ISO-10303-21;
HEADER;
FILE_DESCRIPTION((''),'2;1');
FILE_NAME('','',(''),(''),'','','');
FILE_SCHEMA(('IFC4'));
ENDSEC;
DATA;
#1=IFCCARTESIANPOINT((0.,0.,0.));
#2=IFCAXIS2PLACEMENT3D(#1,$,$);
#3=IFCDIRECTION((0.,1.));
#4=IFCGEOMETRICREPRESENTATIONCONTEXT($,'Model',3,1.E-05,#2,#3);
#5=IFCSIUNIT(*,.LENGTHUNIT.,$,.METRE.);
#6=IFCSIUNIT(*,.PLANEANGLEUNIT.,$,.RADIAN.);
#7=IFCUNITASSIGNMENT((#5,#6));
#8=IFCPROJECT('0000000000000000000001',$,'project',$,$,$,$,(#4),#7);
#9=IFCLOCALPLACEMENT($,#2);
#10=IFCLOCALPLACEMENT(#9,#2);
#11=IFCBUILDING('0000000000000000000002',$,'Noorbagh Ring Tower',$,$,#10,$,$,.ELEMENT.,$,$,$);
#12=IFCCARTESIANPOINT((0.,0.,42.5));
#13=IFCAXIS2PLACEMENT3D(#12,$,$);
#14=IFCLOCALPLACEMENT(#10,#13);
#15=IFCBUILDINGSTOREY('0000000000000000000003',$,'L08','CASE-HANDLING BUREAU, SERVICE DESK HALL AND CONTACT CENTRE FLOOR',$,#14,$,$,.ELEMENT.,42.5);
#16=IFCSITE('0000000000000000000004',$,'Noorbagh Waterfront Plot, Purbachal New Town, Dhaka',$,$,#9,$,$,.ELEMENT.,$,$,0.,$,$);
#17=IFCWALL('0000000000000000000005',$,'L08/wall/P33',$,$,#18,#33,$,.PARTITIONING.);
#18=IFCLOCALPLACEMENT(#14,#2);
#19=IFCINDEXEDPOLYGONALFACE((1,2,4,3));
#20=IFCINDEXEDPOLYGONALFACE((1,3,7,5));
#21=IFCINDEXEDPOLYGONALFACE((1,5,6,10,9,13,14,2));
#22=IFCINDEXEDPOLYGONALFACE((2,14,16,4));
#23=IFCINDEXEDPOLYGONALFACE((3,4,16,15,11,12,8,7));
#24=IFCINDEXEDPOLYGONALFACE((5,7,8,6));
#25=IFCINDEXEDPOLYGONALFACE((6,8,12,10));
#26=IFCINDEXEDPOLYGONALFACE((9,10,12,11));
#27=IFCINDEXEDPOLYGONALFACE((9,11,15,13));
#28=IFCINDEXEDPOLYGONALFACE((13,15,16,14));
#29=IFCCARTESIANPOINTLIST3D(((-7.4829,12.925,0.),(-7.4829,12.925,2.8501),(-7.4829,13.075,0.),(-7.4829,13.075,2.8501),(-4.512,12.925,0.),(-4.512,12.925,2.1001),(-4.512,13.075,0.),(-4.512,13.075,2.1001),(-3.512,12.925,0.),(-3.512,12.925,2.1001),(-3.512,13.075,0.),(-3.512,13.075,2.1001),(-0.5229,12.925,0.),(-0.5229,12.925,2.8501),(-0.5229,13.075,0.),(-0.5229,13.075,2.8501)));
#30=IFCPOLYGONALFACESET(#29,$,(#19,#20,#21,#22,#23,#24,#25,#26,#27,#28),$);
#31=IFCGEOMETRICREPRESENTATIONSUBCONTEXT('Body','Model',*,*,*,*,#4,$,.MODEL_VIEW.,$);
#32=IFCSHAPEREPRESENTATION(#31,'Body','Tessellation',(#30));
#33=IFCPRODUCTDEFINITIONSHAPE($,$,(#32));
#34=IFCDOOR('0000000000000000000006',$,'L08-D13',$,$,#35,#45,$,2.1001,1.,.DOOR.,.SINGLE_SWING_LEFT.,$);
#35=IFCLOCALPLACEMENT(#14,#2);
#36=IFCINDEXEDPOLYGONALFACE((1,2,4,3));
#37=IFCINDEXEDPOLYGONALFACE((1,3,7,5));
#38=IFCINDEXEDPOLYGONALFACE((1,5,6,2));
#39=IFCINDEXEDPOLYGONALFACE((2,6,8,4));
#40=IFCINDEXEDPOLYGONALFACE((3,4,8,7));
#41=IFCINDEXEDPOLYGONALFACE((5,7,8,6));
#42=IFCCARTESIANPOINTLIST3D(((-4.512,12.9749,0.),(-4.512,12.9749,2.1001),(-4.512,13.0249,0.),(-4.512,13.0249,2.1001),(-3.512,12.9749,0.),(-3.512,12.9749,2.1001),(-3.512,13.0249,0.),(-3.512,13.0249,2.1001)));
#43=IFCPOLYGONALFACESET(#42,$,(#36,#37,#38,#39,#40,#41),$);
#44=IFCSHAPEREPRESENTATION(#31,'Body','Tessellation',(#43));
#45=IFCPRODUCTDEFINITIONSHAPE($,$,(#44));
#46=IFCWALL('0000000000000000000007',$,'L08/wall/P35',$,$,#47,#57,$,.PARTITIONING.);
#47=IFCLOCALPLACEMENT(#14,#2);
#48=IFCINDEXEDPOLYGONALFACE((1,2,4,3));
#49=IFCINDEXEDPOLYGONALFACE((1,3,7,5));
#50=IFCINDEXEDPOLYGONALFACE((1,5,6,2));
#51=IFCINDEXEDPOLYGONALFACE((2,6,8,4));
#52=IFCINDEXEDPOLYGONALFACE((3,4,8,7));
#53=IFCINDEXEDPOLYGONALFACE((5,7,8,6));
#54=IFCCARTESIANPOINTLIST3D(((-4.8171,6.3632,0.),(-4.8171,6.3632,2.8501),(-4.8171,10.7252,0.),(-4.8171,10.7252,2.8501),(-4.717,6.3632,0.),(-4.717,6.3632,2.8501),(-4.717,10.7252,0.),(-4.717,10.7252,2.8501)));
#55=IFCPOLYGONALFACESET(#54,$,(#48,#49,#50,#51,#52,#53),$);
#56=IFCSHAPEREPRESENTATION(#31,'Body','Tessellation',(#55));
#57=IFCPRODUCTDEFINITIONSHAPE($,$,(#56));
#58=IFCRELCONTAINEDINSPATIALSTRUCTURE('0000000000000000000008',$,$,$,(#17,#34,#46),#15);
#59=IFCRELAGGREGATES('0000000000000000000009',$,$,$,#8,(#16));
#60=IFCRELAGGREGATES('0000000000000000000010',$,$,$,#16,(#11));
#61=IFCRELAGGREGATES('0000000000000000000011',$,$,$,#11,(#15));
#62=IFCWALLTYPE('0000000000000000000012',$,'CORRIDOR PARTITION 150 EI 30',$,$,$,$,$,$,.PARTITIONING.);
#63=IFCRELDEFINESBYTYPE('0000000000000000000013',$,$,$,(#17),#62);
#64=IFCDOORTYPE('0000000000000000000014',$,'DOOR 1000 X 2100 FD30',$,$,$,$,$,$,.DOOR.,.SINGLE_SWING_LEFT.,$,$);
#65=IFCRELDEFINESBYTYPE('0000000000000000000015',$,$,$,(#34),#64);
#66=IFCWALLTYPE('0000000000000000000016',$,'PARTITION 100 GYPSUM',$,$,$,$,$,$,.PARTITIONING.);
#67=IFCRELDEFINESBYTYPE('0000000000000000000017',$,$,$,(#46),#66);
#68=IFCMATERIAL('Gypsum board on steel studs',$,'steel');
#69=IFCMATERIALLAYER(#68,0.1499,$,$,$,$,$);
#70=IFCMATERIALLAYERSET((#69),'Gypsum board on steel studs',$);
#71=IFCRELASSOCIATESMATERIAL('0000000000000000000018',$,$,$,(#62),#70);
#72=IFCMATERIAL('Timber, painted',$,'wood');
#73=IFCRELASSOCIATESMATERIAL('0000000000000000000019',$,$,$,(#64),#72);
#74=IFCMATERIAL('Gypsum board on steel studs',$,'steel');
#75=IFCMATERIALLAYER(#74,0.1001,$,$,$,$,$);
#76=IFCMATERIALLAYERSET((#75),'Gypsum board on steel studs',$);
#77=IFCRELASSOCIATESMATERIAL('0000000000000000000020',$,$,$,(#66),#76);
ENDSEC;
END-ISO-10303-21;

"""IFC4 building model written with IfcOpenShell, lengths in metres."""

from ifc_helpers import new_model, si_unit, direction, frame, frame_2d, origin, place, context, subcontext, project, spatial, rectangle, extrude, material, layer, layer_set, type_object, element, fill, save


model = new_model("IFC4")

# Units and contexts
model_context = context("Model", 3, precision=1e-05, world=origin(), true_north=direction((0.0, 1.0)))
body_context = subcontext(model_context, "Body", "Model", "MODEL_VIEW")
ifc_project = project(units=[si_unit("LENGTHUNIT", "METRE"), si_unit("PLANEANGLEUNIT", "RADIAN")], contexts=[model_context])

# Site, building, storey
site_placement = place(None, origin())
site = spatial("IfcSite", under=ifc_project, at=site_placement, Name="Noorbagh Waterfront Plot, Purbachal New Town, Dhaka", CompositionType="ELEMENT", RefElevation=0.0)
building_placement = place(site_placement, origin())
building = spatial("IfcBuilding", under=site, at=building_placement, Name="Noorbagh Ring Tower", CompositionType="ELEMENT")
storey_placement = place(building_placement, frame((0.0, 0.0, 42.5)))
storey = spatial("IfcBuildingStorey", under=building, at=storey_placement, Name="L08", Description="CASE-HANDLING BUREAU, SERVICE DESK HALL AND CONTACT CENTRE FLOOR", CompositionType="ELEMENT", Elevation=42.5)

# Shared definitions
ifc_material_1 = material(Name="Gypsum board on steel studs", Category="steel")
ifc_layer_1 = layer(ifc_material_1, 0.1499)
ifc_layer_set_1 = layer_set([ifc_layer_1], Name="Gypsum board on steel studs")
wall_type_1 = type_object("IfcWallType", Name="CORRIDOR PARTITION 150 EI 30", PredefinedType="PARTITIONING", material=ifc_layer_set_1)

# Shared definitions
ifc_material_2 = material(Name="Timber, painted", Category="wood")
door_type_1 = type_object("IfcDoorType", Name="DOOR 1000 X 2100 FD30", OperationType="SINGLE_SWING_LEFT", PredefinedType="DOOR", material=ifc_material_2)

# Wall, opening, door
wall_1_placement = place(storey_placement, frame((-7.4829, 13.0, 0.0), z_axis=(0.0, 0.0, 1.0), x_axis=(1.0, 0.0, 0.0)))
wall_1 = element("IfcWall", 1, at=wall_1_placement, inside=storey, type_object=wall_type_1, Name="L08/wall/P33", PredefinedType="PARTITIONING", context=body_context, shape_type="SweptSolid", body=[
    extrude(rectangle(XDim=6.96, YDim=0.1499, at=frame_2d((3.48, 0.0))), origin(), (0.0, 0.0, 1.0), 2.8501),
])
opening_1_placement = place(wall_1_placement, frame((2.9709, 0.0, 0.0)))
opening_1 = element("IfcOpeningElement", 2, at=opening_1_placement, cuts=wall_1, PredefinedType="OPENING", context=body_context, shape_type="SweptSolid", body=[
    extrude(rectangle(XDim=1.0, YDim=2.1001, at=frame_2d((0.5, 1.05))), frame((0.0, 0.085, 0.0), z_axis=(0.0, -1.0, 0.0), x_axis=(1.0, 0.0, 0.0)), (0.0, 0.0, 1.0), 0.1699),
])
door_1_placement = place(opening_1_placement, origin())
door_1 = element("IfcDoor", 3, at=door_1_placement, inside=storey, type_object=door_type_1, Name="L08-D13", OperationType="SINGLE_SWING_LEFT", OverallHeight=2.1001, OverallWidth=1.0, PredefinedType="DOOR", context=body_context, shape_type="SweptSolid", body=[
    extrude(rectangle(XDim=1.0, YDim=2.1001, at=frame_2d((0.5, 1.05))), frame((0.0, 0.0249, 0.0), z_axis=(0.0, -1.0, 0.0), x_axis=(1.0, 0.0, 0.0)), (0.0, 0.0, 1.0), 0.05),
])
fill(opening_1, door_1)

# Wall
ifc_material_3 = material(Name="Gypsum board on steel studs", Category="steel")
ifc_layer_2 = layer(ifc_material_3, 0.1001)
ifc_layer_set_2 = layer_set([ifc_layer_2], Name="Gypsum board on steel studs")
wall_type_2 = type_object("IfcWallType", Name="PARTITION 100 GYPSUM", PredefinedType="PARTITIONING", material=ifc_layer_set_2)
wall_2_placement = place(storey_placement, frame((-4.7671, 6.363, 0.0), z_axis=(0.0, 0.0, 1.0), x_axis=(0.0, 1.0, 0.0)))
element("IfcWall", 4, at=wall_2_placement, inside=storey, type_object=wall_type_2, Name="L08/wall/P35", PredefinedType="PARTITIONING", context=body_context, shape_type="SweptSolid", body=[
    extrude(rectangle(XDim=4.3621, YDim=0.1001, at=frame_2d((2.1812, 0.0))), origin(), (0.0, 0.0, 1.0), 2.8501),
])

save(model, "model.ifc")
